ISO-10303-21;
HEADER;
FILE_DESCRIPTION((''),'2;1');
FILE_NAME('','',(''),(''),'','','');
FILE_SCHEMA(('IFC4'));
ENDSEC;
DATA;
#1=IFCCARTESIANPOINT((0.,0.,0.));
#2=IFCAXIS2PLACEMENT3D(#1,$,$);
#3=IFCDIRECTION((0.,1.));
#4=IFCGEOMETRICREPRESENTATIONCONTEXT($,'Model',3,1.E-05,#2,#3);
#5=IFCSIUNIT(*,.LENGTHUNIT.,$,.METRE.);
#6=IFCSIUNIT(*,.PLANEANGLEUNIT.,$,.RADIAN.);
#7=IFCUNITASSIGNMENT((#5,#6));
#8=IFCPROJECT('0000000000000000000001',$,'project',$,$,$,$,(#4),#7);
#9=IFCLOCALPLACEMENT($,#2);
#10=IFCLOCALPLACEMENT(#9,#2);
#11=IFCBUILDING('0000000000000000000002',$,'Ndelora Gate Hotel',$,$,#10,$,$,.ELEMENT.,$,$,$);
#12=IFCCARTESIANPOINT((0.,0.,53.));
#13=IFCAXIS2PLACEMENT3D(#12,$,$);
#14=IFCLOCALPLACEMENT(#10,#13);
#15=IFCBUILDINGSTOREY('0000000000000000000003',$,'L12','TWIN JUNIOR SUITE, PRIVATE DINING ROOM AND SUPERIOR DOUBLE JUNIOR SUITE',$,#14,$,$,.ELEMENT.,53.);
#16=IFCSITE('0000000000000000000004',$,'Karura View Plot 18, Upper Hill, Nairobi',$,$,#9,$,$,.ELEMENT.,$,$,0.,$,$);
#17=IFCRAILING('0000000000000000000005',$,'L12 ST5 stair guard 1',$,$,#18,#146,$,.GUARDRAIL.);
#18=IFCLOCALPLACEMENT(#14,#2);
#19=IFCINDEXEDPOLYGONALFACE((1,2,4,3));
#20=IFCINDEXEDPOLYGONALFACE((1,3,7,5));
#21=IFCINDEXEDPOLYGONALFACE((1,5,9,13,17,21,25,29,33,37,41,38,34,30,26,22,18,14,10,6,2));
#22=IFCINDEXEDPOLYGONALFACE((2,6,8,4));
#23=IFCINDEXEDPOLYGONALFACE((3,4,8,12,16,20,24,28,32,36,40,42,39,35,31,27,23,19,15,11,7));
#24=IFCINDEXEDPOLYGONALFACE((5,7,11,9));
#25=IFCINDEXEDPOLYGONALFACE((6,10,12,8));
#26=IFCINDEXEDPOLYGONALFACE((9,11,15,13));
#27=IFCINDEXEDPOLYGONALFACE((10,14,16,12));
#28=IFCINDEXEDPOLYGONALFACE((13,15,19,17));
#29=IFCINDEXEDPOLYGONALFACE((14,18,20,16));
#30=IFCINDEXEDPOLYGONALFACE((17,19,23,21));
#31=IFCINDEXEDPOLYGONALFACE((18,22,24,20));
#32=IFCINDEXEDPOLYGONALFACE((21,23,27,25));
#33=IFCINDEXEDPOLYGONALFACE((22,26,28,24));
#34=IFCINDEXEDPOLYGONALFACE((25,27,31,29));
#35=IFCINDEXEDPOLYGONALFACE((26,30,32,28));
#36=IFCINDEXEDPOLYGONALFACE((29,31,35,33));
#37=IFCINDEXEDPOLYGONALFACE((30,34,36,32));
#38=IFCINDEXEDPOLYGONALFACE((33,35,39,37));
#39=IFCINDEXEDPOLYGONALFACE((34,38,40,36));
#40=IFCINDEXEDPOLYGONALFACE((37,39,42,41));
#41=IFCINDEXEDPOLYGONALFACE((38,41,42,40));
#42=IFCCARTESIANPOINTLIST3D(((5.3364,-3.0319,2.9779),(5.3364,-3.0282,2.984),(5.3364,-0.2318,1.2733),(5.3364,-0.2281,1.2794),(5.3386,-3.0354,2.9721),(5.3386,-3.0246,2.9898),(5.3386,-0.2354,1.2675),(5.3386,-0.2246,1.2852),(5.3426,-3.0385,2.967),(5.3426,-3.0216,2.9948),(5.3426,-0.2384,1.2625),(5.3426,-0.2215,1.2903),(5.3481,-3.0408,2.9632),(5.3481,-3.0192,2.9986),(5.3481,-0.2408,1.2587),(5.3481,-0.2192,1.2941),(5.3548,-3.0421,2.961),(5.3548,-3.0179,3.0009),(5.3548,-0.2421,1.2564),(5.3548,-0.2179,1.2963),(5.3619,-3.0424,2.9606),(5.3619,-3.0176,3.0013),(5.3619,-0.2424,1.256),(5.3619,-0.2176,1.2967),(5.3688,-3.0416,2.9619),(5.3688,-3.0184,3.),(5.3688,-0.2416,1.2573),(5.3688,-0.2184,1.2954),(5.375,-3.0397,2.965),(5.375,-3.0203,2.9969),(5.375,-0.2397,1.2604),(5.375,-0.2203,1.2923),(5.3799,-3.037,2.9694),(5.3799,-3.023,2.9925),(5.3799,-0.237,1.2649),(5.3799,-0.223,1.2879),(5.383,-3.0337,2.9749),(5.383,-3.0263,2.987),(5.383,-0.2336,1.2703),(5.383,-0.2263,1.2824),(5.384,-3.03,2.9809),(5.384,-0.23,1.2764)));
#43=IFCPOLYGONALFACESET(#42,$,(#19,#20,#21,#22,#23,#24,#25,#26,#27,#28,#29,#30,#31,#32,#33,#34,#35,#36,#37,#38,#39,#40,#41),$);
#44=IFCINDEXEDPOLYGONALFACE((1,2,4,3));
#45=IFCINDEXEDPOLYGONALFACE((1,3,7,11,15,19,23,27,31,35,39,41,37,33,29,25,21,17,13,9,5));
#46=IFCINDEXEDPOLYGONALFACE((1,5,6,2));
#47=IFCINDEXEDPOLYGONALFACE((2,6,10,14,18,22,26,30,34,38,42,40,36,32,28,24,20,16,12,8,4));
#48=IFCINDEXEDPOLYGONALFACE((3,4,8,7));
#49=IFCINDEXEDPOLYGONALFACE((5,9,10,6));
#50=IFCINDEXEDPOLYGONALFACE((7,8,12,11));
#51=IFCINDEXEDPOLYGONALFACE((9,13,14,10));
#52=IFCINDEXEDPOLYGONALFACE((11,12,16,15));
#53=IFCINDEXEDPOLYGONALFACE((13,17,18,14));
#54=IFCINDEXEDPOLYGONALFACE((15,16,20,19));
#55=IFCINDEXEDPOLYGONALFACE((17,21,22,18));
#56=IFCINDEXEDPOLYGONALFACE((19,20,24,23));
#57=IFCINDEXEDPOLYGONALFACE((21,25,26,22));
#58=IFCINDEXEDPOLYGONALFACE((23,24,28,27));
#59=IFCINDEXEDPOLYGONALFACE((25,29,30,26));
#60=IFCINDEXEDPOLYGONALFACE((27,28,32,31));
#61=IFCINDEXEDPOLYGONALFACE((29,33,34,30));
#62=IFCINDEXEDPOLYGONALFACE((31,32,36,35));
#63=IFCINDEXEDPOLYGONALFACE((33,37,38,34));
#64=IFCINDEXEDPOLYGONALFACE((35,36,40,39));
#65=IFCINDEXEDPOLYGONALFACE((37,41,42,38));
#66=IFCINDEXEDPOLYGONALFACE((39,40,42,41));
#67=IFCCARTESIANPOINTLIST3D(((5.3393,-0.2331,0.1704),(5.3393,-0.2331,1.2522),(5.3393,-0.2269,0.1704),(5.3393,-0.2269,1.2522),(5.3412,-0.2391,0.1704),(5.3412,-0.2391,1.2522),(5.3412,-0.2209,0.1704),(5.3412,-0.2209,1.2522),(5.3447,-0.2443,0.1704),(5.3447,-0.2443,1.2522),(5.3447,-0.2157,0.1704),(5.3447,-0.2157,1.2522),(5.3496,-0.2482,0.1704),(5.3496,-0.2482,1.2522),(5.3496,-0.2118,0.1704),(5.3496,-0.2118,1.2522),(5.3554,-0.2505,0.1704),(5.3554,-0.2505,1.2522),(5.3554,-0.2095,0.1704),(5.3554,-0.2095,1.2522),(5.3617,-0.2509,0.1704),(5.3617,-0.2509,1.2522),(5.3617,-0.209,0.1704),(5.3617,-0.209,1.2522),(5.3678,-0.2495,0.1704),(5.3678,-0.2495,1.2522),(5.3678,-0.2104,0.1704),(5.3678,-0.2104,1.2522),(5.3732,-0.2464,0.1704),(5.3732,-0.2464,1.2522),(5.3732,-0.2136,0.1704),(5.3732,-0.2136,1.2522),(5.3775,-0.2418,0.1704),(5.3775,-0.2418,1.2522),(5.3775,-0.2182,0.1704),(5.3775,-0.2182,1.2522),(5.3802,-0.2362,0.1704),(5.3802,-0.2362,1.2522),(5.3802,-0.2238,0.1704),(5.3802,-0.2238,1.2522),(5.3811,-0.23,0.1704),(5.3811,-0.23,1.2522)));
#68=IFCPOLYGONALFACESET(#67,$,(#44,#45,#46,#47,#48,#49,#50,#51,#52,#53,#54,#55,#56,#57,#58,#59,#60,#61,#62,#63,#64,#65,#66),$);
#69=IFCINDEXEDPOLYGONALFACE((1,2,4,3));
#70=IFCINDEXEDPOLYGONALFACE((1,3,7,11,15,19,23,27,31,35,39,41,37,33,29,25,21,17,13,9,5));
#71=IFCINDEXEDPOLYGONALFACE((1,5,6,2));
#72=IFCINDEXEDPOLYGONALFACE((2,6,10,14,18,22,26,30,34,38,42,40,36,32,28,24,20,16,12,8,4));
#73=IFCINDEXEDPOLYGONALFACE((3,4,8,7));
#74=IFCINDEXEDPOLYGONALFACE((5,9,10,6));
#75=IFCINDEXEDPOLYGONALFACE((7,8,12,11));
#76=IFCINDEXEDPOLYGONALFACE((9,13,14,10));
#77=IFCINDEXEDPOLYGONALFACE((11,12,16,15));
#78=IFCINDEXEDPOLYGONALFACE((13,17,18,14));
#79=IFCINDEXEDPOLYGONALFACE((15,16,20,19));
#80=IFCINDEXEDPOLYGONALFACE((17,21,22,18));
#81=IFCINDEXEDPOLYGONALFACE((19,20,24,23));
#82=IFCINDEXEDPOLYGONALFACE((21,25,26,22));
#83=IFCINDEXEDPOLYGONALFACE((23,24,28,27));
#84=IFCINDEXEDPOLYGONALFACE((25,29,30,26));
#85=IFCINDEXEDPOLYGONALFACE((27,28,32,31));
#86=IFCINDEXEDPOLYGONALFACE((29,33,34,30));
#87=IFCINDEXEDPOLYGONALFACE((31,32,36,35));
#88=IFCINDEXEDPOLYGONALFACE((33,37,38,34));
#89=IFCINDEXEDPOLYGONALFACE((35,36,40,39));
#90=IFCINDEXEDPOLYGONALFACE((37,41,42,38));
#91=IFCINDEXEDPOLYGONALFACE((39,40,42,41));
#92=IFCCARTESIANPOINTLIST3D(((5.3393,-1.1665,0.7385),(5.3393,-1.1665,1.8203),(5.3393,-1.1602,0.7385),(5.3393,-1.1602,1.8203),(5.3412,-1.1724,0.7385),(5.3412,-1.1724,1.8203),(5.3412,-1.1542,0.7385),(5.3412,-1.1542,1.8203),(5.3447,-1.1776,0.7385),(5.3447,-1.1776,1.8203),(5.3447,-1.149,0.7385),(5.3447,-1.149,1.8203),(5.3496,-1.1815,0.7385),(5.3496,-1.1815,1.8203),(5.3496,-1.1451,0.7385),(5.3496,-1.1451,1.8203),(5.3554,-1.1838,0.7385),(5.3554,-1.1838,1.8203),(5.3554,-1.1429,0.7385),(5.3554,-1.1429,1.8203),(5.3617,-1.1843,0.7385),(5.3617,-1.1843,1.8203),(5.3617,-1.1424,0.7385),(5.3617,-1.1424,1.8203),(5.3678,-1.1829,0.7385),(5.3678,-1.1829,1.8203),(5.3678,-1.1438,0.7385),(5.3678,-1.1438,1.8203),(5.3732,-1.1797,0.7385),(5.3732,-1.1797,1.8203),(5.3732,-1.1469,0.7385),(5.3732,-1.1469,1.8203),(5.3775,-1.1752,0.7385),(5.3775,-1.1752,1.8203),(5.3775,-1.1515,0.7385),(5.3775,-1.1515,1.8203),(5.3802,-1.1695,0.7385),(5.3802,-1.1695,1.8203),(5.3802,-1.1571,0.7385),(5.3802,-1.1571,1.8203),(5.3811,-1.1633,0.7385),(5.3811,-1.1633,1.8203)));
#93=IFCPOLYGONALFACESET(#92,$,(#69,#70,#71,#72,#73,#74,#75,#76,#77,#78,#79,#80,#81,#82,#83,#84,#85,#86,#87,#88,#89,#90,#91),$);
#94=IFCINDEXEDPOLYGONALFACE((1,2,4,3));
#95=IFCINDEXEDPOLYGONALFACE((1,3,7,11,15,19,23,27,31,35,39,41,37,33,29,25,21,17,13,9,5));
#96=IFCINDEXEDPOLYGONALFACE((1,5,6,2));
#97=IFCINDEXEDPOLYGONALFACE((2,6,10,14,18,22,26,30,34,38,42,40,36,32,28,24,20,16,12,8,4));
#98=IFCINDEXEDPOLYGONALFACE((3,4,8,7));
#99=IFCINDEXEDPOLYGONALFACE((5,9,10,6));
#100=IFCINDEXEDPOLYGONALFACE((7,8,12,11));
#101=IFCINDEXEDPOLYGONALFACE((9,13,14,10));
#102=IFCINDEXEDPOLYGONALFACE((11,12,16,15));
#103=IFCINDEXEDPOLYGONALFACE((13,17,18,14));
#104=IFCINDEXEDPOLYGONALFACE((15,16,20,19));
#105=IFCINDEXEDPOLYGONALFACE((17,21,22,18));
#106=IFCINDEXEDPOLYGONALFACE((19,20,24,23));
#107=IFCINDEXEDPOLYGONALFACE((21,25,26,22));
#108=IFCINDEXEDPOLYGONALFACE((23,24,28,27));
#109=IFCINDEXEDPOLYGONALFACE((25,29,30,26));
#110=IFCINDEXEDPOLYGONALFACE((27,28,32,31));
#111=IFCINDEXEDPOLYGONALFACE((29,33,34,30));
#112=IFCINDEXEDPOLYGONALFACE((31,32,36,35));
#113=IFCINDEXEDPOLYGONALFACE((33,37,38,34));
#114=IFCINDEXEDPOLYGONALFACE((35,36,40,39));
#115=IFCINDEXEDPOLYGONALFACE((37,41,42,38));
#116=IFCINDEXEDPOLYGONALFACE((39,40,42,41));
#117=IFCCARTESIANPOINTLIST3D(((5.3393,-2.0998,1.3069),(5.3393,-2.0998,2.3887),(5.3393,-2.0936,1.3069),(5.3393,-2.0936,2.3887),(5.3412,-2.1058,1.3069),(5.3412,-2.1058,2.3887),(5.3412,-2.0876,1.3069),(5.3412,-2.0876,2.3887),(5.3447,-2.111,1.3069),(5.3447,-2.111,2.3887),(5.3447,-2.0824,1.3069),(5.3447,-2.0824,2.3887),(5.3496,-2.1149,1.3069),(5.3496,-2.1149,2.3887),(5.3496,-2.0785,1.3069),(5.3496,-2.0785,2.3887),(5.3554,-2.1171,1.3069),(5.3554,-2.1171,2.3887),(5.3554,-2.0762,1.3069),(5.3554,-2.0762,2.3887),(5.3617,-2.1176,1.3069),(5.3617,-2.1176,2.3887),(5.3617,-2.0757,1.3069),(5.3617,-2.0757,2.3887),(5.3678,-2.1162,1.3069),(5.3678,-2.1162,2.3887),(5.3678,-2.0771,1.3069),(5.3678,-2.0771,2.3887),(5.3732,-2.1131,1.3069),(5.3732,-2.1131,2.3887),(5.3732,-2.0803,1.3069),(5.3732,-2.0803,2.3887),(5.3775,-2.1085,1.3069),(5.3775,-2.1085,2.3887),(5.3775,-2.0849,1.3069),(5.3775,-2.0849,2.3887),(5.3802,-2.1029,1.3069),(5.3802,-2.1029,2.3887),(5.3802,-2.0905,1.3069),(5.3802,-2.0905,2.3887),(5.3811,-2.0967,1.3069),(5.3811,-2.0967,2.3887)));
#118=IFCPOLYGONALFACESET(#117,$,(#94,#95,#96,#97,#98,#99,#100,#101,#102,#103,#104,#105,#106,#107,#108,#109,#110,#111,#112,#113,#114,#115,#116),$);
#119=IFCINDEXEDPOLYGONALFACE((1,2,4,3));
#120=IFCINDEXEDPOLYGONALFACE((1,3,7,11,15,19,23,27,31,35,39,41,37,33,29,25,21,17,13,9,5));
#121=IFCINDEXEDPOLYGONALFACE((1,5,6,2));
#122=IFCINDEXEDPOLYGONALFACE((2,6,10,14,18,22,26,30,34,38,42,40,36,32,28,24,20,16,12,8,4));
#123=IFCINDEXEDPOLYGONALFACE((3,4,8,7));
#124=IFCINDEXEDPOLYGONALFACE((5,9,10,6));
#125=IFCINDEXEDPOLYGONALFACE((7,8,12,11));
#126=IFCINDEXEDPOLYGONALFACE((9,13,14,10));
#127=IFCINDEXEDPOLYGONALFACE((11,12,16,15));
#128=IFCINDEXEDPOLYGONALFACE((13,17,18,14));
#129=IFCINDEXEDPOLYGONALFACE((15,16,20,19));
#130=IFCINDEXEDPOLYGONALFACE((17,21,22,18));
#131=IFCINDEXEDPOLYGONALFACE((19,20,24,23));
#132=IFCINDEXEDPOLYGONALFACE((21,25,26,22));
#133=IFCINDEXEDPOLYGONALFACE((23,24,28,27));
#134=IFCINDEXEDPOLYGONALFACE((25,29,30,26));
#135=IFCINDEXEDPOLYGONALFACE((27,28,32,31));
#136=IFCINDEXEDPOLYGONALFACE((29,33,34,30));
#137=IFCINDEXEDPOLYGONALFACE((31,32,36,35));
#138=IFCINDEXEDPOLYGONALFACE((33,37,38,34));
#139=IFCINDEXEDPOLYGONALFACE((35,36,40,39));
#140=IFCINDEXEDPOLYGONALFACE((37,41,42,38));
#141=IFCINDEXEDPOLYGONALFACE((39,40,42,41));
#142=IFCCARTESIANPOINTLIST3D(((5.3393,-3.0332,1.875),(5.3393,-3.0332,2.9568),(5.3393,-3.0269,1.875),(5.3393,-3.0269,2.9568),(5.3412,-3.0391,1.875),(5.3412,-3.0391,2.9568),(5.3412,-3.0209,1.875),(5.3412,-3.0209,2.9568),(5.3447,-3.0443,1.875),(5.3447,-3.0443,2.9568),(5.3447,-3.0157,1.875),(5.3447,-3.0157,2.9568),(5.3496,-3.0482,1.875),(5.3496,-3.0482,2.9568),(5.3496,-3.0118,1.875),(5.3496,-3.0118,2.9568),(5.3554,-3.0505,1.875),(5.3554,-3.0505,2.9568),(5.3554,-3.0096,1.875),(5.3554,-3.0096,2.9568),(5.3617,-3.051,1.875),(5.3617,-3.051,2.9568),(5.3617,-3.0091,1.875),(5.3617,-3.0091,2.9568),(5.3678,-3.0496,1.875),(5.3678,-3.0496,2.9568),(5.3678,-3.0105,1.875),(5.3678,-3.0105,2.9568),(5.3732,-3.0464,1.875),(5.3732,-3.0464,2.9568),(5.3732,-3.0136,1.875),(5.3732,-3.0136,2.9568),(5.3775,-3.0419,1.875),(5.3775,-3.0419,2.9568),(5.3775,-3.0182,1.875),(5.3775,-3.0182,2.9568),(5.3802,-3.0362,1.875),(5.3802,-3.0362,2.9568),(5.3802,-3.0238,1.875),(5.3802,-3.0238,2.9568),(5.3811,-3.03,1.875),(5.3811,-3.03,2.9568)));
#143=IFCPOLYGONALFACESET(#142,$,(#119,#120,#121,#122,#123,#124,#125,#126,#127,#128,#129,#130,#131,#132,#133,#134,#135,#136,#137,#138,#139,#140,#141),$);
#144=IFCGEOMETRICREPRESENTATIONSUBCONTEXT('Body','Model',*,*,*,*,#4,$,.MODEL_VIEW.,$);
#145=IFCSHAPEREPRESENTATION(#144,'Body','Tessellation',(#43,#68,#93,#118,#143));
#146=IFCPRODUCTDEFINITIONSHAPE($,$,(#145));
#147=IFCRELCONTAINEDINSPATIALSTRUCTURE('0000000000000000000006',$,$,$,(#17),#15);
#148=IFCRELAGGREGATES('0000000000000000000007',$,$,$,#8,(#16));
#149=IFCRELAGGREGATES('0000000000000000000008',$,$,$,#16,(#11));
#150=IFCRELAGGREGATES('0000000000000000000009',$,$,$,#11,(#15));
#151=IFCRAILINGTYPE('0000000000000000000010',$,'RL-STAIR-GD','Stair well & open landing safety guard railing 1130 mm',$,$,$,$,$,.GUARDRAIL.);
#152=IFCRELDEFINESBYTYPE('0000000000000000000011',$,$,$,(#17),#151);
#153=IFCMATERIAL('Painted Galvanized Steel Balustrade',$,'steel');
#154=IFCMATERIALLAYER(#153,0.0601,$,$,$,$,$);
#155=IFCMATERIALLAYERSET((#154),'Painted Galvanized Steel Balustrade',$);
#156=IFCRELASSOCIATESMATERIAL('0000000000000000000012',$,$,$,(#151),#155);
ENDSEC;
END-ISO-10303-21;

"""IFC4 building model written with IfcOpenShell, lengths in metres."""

from ifc_helpers import new_model, si_unit, direction, frame, origin, origin_2d, place, context, subcontext, project, spatial, circle, extrude, material, layer, layer_set, type_object, element, save


model = new_model("IFC4")

# Units and contexts
model_context = context("Model", 3, precision=1e-05, world=origin(), true_north=direction((0.0, 1.0)))
body_context = subcontext(model_context, "Body", "Model", "MODEL_VIEW")
ifc_project = project(units=[si_unit("LENGTHUNIT", "METRE"), si_unit("PLANEANGLEUNIT", "RADIAN")], contexts=[model_context])

# Site, building, storey
site_placement = place(None, origin())
site = spatial("IfcSite", under=ifc_project, at=site_placement, Name="Karura View Plot 18, Upper Hill, Nairobi", CompositionType="ELEMENT", RefElevation=0.0)
building_placement = place(site_placement, origin())
building = spatial("IfcBuilding", under=site, at=building_placement, Name="Ndelora Gate Hotel", CompositionType="ELEMENT")
storey_placement = place(building_placement, frame((0.0, 0.0, 53.0)))
storey = spatial("IfcBuildingStorey", under=building, at=storey_placement, Name="L12", Description="TWIN JUNIOR SUITE, PRIVATE DINING ROOM AND SUPERIOR DOUBLE JUNIOR SUITE", CompositionType="ELEMENT", Elevation=53.0)

# Railing
ifc_material_1 = material(Name="Painted Galvanized Steel Balustrade", Category="steel")
ifc_layer_1 = layer(ifc_material_1, 0.0601)
ifc_layer_set_1 = layer_set([ifc_layer_1], Name="Painted Galvanized Steel Balustrade")
railing_type_1 = type_object("IfcRailingType", Name="RL-STAIR-GD", Description="Stair well & open landing safety guard railing 1130 mm", PredefinedType="GUARDRAIL", material=ifc_layer_set_1)
railing_1_placement = place(storey_placement, frame((5.3601, -0.23, 0.1704)))
element("IfcRailing", 1, at=railing_1_placement, inside=storey, type_object=railing_type_1, Name="L12 ST5 stair guard 1", PredefinedType="GUARDRAIL", context=body_context, shape_type="SweptSolid", body=[
    extrude(circle(Radius=0.0239, at=origin_2d()), frame((0.0, 0.0, 1.106), z_axis=(0.0, -0.85417, 0.519994), x_axis=(1.0, 0.0, 0.0)), (0.0, 0.0, 1.0), 3.2781),
    extrude(circle(Radius=0.021, at=origin_2d()), origin(), (0.0, 0.0, 1.0), 1.0818),
    extrude(circle(Radius=0.021, at=origin_2d()), frame((0.0, -0.9333, 0.5681)), (0.0, 0.0, 1.0), 1.0818),
    extrude(circle(Radius=0.021, at=origin_2d()), frame((0.0, -1.8667, 1.1365)), (0.0, 0.0, 1.0), 1.0818),
    extrude(circle(Radius=0.021, at=origin_2d()), frame((0.0, -2.8, 1.7046)), (0.0, 0.0, 1.0), 1.0818),
])

save(model, "model.ifc")
